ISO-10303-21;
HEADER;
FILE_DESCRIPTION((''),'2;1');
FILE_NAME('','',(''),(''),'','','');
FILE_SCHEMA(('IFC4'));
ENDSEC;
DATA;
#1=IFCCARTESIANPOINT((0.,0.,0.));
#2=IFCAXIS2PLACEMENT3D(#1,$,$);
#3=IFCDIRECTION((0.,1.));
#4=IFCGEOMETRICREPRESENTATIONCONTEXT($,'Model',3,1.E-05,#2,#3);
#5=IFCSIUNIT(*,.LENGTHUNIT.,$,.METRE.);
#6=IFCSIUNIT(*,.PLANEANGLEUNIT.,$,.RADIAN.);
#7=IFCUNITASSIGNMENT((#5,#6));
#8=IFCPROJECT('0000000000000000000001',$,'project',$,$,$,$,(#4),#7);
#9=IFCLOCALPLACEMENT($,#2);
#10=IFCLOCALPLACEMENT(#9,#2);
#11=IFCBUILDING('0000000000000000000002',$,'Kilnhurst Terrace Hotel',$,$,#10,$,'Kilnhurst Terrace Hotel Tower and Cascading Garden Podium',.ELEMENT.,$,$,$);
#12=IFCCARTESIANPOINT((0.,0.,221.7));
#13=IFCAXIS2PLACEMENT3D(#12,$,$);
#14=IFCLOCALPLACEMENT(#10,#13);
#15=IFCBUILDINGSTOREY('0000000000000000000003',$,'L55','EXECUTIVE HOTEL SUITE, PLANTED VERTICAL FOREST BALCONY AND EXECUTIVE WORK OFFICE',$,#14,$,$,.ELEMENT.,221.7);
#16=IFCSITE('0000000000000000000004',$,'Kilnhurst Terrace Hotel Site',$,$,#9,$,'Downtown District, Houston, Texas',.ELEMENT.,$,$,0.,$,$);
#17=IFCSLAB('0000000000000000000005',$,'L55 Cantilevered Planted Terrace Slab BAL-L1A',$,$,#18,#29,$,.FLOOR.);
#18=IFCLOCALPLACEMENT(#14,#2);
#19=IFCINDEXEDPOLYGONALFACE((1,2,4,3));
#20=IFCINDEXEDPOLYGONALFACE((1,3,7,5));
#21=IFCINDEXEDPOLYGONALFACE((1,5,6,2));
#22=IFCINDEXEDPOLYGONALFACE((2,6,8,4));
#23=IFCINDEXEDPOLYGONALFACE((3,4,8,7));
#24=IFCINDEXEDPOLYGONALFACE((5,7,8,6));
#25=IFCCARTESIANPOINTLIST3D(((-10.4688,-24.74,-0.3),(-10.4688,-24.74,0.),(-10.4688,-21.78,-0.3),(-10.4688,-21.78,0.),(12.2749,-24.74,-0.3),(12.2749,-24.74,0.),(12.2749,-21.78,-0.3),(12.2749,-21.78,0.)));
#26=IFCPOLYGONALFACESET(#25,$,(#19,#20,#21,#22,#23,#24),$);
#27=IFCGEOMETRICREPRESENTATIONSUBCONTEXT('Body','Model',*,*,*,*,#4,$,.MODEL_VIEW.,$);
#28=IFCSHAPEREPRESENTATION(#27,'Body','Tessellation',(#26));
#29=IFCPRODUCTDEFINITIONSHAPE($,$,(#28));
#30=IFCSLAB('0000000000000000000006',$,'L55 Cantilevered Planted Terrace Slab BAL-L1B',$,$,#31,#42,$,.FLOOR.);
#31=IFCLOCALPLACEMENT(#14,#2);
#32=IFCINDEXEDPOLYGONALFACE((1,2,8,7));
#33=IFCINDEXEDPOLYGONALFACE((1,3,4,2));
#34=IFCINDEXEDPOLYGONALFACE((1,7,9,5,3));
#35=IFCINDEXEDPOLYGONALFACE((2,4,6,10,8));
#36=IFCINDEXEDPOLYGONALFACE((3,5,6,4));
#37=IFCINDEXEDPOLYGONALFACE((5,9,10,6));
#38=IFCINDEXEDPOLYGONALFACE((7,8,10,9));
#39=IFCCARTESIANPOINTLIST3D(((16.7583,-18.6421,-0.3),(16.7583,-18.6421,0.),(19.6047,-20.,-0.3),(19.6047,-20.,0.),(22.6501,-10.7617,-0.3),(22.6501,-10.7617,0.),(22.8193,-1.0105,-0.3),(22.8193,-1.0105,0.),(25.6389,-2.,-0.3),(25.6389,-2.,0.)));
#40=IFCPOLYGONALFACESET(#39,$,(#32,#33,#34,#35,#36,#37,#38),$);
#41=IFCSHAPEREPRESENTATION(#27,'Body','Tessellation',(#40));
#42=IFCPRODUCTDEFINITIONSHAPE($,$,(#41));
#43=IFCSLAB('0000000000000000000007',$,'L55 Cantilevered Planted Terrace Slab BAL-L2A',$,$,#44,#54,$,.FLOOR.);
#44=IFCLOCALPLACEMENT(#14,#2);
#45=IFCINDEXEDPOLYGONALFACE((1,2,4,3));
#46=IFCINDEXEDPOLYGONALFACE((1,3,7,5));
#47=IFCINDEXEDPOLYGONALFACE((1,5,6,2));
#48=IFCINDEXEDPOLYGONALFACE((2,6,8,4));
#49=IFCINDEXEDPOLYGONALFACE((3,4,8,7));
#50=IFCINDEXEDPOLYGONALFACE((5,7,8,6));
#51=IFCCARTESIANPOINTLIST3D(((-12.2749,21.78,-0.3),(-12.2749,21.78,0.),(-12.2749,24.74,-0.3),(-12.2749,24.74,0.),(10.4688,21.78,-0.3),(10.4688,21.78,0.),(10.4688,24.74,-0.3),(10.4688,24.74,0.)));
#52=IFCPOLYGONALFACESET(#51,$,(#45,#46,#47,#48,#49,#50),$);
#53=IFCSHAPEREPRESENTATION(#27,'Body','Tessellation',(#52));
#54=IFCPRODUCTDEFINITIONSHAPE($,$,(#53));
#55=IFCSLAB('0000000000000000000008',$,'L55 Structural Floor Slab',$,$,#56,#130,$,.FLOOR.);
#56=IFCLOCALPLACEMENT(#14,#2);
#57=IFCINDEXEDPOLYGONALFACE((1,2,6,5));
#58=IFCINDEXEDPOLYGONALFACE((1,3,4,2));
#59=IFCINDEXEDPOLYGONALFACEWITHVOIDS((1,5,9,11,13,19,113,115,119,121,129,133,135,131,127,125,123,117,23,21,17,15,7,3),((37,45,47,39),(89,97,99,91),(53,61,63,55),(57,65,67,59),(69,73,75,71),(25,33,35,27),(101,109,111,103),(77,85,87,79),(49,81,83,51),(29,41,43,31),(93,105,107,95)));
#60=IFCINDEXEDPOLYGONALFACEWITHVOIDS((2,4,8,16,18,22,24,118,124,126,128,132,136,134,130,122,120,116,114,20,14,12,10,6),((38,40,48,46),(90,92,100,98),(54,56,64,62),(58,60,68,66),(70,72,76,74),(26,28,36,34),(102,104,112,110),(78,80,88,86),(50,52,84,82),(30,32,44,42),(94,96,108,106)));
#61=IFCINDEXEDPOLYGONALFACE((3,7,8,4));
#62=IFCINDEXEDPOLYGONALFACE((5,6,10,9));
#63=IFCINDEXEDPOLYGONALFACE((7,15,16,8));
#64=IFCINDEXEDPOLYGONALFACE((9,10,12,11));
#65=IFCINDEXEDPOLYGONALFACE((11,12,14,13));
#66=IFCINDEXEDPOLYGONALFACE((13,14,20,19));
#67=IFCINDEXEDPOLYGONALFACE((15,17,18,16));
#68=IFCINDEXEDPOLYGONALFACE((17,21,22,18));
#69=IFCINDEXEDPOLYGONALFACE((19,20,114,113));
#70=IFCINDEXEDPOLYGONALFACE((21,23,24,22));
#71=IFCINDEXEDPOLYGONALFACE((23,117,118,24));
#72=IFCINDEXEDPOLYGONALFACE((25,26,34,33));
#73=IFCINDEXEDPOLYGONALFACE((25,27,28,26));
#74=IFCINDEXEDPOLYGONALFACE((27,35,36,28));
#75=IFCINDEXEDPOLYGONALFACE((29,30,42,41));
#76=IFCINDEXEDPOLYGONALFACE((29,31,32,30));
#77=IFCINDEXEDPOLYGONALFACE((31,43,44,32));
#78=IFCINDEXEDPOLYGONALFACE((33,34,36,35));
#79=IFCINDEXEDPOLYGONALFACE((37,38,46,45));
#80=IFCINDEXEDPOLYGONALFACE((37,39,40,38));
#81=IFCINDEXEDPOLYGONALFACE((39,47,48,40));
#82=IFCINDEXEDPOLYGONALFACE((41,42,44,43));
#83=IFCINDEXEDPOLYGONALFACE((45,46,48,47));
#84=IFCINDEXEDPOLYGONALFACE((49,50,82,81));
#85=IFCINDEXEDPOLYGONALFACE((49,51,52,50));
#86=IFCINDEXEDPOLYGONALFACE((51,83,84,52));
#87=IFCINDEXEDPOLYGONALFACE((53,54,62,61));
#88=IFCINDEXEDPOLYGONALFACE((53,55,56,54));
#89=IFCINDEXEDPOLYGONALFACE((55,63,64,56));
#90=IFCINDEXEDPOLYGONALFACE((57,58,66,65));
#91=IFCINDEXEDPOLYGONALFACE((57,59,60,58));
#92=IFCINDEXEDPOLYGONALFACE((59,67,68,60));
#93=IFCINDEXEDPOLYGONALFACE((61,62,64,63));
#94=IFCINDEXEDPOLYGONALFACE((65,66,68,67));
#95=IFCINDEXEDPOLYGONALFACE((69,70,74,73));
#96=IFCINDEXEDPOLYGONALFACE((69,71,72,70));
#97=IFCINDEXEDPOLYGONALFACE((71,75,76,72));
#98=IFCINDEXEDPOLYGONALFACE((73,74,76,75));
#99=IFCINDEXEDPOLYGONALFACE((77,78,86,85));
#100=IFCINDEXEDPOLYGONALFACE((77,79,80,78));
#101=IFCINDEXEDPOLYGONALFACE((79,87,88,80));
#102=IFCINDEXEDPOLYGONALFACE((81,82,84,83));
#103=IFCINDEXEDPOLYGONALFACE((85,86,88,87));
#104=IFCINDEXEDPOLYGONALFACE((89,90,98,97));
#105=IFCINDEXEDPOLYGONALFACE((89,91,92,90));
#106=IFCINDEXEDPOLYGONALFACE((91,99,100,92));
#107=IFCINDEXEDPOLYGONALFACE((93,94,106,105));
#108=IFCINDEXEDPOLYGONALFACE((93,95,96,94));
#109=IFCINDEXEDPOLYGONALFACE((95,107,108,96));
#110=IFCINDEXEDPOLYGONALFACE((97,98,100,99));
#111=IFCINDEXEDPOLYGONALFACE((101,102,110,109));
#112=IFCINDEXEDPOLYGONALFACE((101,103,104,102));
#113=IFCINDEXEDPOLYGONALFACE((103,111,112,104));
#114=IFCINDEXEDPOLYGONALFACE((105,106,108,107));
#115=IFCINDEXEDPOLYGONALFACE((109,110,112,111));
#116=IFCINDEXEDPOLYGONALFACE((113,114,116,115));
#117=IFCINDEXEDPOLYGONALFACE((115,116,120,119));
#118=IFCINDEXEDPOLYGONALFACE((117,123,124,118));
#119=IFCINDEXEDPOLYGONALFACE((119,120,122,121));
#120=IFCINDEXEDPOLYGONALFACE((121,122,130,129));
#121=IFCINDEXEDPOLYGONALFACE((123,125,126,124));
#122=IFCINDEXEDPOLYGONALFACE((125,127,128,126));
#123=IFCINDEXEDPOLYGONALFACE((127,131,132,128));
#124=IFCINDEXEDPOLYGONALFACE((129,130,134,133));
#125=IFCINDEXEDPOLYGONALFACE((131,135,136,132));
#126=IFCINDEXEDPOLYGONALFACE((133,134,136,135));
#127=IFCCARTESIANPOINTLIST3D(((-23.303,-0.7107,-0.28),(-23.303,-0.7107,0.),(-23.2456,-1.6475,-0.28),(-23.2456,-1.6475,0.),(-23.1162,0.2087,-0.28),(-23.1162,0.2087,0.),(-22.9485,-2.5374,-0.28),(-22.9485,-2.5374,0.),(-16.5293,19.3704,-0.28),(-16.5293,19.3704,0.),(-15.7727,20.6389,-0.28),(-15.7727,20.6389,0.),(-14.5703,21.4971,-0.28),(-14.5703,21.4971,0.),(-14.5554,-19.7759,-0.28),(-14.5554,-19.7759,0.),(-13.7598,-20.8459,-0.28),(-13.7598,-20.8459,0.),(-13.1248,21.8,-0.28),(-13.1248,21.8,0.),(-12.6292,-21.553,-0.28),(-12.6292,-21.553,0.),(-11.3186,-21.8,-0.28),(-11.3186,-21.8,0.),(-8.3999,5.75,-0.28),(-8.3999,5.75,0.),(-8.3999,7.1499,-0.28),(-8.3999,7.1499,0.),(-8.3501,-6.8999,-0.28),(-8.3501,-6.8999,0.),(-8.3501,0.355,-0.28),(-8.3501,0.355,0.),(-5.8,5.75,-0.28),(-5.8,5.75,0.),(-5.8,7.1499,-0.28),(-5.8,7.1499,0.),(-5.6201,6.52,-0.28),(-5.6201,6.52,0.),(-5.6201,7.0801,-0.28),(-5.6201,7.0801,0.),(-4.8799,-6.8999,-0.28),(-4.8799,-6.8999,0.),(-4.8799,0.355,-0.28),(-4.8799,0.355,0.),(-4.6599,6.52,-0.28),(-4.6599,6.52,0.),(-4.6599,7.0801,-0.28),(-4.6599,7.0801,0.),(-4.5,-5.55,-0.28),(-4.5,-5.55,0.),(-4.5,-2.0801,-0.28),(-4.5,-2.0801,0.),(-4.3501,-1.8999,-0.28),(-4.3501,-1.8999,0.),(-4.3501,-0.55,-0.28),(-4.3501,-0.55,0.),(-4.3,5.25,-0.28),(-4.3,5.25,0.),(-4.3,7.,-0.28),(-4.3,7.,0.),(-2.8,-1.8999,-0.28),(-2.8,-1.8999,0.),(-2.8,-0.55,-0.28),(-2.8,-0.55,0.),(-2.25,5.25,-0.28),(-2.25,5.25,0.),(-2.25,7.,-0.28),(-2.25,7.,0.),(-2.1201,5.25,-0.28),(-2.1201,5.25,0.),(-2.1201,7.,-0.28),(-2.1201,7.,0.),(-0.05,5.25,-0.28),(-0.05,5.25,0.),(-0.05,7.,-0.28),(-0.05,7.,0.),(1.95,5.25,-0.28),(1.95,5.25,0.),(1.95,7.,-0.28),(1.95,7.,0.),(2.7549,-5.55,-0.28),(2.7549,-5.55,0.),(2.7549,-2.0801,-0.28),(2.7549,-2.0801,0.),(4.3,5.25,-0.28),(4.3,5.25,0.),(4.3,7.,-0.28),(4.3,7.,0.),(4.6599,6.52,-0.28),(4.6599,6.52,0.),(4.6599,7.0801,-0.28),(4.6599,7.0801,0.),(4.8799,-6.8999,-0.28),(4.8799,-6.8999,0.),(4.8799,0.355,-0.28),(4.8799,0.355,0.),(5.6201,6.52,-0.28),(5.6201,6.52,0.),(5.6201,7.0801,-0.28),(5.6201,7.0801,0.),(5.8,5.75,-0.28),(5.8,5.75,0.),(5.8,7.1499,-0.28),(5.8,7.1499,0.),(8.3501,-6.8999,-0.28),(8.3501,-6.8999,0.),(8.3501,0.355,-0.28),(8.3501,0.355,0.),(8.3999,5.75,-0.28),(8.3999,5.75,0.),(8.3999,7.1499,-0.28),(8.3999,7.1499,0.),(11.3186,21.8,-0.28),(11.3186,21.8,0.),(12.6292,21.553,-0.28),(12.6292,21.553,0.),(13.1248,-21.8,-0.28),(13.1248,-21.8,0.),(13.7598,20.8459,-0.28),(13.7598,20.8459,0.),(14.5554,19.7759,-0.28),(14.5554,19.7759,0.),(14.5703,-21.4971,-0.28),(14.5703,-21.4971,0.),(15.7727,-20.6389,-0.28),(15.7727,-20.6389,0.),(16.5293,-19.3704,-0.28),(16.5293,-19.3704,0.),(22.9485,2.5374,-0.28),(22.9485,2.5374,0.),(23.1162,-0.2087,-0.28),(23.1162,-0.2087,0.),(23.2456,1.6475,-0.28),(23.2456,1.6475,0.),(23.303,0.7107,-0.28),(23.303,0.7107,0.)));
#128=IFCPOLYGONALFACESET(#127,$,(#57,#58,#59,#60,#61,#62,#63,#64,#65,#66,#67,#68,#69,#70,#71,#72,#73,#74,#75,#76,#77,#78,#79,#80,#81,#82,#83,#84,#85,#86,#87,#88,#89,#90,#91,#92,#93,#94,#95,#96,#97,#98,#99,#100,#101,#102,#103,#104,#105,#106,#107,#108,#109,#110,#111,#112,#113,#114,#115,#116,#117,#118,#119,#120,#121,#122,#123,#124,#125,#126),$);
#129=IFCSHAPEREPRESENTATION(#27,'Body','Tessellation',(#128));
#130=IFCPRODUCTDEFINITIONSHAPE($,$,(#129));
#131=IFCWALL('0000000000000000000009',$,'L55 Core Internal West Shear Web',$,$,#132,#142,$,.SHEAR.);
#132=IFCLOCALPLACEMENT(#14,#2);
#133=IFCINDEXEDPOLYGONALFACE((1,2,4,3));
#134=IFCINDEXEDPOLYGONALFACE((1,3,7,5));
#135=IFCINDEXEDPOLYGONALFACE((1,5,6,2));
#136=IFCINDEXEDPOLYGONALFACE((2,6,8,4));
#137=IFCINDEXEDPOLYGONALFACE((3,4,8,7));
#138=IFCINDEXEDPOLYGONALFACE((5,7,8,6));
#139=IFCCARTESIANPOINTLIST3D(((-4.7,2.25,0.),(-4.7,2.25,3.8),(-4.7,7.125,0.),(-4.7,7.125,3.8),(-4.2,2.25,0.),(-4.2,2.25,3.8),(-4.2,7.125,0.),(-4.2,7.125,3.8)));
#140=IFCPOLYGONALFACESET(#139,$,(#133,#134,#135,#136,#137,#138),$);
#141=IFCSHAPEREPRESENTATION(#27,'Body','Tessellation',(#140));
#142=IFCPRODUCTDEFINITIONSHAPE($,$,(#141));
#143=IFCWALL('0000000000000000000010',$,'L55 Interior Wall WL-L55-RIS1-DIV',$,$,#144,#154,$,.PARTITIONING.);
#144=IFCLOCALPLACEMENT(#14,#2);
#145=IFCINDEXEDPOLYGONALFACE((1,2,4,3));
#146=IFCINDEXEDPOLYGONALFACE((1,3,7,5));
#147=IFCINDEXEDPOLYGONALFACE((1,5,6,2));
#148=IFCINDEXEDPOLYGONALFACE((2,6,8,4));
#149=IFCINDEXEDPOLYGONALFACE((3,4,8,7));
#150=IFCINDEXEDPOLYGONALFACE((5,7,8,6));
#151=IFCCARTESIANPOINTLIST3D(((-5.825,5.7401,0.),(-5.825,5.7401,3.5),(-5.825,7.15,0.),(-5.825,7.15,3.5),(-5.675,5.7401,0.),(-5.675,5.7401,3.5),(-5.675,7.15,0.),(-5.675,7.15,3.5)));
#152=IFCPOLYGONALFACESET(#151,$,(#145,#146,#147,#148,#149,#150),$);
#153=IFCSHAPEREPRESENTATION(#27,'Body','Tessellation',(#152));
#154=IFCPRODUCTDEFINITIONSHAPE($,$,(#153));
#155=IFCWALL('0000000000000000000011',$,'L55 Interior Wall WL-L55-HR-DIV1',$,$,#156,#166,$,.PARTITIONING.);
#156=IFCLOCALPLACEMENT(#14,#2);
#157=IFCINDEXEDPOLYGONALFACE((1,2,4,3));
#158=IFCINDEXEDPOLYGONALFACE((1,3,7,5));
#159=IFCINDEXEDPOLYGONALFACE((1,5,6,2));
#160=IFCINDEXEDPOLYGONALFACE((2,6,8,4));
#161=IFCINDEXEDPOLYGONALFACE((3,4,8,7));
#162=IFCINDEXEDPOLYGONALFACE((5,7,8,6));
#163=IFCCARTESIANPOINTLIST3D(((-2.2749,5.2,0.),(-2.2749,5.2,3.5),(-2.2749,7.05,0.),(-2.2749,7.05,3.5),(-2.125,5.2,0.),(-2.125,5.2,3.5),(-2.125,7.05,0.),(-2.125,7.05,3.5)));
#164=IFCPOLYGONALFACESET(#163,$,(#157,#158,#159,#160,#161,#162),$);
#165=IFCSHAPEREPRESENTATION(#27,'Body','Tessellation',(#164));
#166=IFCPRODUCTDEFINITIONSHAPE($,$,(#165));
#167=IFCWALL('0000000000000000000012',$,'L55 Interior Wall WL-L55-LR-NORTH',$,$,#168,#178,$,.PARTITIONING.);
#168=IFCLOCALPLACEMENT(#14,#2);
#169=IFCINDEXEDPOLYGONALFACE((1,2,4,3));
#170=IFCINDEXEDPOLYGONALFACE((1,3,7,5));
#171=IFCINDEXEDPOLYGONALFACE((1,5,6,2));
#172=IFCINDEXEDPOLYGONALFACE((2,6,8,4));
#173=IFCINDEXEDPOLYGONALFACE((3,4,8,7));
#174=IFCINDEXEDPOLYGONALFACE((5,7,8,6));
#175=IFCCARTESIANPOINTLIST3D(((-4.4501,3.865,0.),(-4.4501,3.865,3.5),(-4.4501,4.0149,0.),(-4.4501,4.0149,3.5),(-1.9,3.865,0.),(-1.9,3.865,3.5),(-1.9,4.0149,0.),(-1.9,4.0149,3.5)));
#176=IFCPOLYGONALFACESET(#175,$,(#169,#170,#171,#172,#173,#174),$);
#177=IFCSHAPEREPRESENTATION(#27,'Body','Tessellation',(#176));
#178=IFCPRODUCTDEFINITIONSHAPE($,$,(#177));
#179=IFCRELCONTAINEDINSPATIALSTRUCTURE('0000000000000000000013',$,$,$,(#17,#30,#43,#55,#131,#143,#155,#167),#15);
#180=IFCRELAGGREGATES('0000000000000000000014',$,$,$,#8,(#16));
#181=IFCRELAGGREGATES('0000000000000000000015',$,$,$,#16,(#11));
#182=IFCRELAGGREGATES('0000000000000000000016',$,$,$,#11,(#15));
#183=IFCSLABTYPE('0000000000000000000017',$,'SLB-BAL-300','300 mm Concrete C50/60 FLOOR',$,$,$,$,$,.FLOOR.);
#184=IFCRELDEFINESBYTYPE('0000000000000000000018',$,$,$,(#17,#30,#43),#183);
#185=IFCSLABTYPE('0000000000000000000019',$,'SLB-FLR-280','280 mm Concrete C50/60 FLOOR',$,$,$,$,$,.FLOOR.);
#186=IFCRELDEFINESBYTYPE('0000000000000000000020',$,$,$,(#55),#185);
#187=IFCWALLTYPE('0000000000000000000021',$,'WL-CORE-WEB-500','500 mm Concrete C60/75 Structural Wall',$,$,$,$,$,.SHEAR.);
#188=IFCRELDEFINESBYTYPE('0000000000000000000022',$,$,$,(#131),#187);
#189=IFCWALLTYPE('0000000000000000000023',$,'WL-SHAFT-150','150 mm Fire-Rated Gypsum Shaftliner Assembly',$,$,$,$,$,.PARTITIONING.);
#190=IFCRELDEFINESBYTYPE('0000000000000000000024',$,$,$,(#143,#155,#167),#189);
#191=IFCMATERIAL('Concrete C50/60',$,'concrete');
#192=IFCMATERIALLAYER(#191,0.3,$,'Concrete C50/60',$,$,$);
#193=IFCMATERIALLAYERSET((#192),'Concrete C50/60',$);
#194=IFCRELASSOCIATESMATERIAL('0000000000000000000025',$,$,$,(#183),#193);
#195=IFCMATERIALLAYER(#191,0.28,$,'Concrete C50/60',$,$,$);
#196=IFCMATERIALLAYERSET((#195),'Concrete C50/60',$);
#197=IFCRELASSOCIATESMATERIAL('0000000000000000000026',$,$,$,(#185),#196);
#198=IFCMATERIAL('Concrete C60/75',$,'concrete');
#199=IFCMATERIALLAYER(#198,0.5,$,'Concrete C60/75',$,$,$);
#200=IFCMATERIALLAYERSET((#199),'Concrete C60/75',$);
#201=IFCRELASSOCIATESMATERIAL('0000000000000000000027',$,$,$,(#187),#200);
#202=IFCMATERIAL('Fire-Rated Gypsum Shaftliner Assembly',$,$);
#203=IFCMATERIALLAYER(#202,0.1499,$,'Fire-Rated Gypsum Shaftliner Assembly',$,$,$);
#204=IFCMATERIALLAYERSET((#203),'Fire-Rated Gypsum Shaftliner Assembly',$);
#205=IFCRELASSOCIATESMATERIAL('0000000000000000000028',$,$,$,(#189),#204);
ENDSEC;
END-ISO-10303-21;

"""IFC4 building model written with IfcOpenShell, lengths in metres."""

from ifc_helpers import new_model, si_unit, direction, frame, frame_2d, origin, place, context, subcontext, project, spatial, polyline, rectangle, outline, extrude, material, layer, layer_set, type_object, element, save


model = new_model("IFC4")

# Units and contexts
model_context = context("Model", 3, precision=1e-05, world=origin(), true_north=direction((0.0, 1.0)))
body_context = subcontext(model_context, "Body", "Model", "MODEL_VIEW")
ifc_project = project(units=[si_unit("LENGTHUNIT", "METRE"), si_unit("PLANEANGLEUNIT", "RADIAN")], contexts=[model_context])

# Site, building, storey
site_placement = place(None, origin())
site = spatial("IfcSite", under=ifc_project, at=site_placement, Name="Kilnhurst Terrace Hotel Site", LongName="Downtown District, Houston, Texas", CompositionType="ELEMENT", RefElevation=0.0)
building_placement = place(site_placement, origin())
building = spatial("IfcBuilding", under=site, at=building_placement, Name="Kilnhurst Terrace Hotel", LongName="Kilnhurst Terrace Hotel Tower and Cascading Garden Podium", CompositionType="ELEMENT")
storey_placement = place(building_placement, frame((0.0, 0.0, 221.7)))
storey = spatial("IfcBuildingStorey", under=building, at=storey_placement, Name="L55", Description="EXECUTIVE HOTEL SUITE, PLANTED VERTICAL FOREST BALCONY AND EXECUTIVE WORK OFFICE", CompositionType="ELEMENT", Elevation=221.7)

# Slabs
ifc_material_1 = material(Name="Concrete C50/60", Category="concrete")
ifc_layer_1 = layer(ifc_material_1, 0.3, Name="Concrete C50/60")
ifc_layer_set_1 = layer_set([ifc_layer_1], Name="Concrete C50/60")
slab_type_1 = type_object("IfcSlabType", Name="SLB-BAL-300", Description="300 mm Concrete C50/60 FLOOR", PredefinedType="FLOOR", material=ifc_layer_set_1)
slab_1_placement = place(storey_placement, frame((0.0, 0.0, -0.3)))
element("IfcSlab", 1, at=slab_1_placement, inside=storey, type_object=slab_type_1, Name="L55 Cantilevered Planted Terrace Slab BAL-L1A", PredefinedType="FLOOR", context=body_context, shape_type="SweptSolid", body=[
    extrude(outline(polyline([(-10.4688, -21.78), (12.2749, -21.78), (12.2749, -24.74), (-10.4688, -24.74), (-10.4688, -21.78)])), origin(), (0.0, 0.0, 1.0), 0.3),
])
slab_2_placement = place(storey_placement, frame((0.0, 0.0, -0.3)))
element("IfcSlab", 2, at=slab_2_placement, inside=storey, type_object=slab_type_1, Name="L55 Cantilevered Planted Terrace Slab BAL-L1B", PredefinedType="FLOOR", context=body_context, shape_type="SweptSolid", body=[
    extrude(outline(polyline([(19.6047, -20.0), (16.7583, -18.6421), (22.8193, -1.0105), (25.6389, -2.0), (22.6501, -10.7617), (19.6047, -20.0)])), origin(), (0.0, 0.0, 1.0), 0.3),
])
slab_3_placement = place(storey_placement, frame((0.0, 0.0, -0.3)))
element("IfcSlab", 3, at=slab_3_placement, inside=storey, type_object=slab_type_1, Name="L55 Cantilevered Planted Terrace Slab BAL-L2A", PredefinedType="FLOOR", context=body_context, shape_type="SweptSolid", body=[
    extrude(outline(polyline([(-12.2749, 21.78), (-12.2749, 24.74), (10.4688, 24.74), (10.4688, 21.78), (-12.2749, 21.78)])), origin(), (0.0, 0.0, 1.0), 0.3),
])
ifc_layer_2 = layer(ifc_material_1, 0.28, Name="Concrete C50/60")
ifc_layer_set_2 = layer_set([ifc_layer_2], Name="Concrete C50/60")
slab_type_2 = type_object("IfcSlabType", Name="SLB-FLR-280", Description="280 mm Concrete C50/60 FLOOR", PredefinedType="FLOOR", material=ifc_layer_set_2)
slab_4_placement = place(storey_placement, frame((0.0, 0.0, -0.28)))
element("IfcSlab", 4, at=slab_4_placement, inside=storey, type_object=slab_type_2, Name="L55 Structural Floor Slab", PredefinedType="FLOOR", context=body_context, shape_type="SweptSolid", body=[
    extrude(outline(polyline([(-14.5554, -19.7759), (-13.7598, -20.8459), (-12.6292, -21.553), (-11.3186, -21.8), (13.1248, -21.8), (14.5703, -21.4971), (15.7727, -20.6389), (16.5293, -19.3704), (23.1162, -0.2087), (23.303, 0.7107), (23.2456, 1.6475), (22.9485, 2.5374), (14.5554, 19.7759), (13.7598, 20.8459), (12.6292, 21.553), (11.3186, 21.8), (-13.1248, 21.8), (-14.5703, 21.4971), (-15.7727, 20.6389), (-16.5293, 19.3704), (-23.1162, 0.2087), (-23.303, -0.7107), (-23.2456, -1.6475), (-22.9485, -2.5374), (-14.5554, -19.7759)]), holes=[polyline([(-8.3501, 0.355), (-4.8799, 0.355), (-4.8799, -6.8999), (-8.3501, -6.8999), (-8.3501, 0.355)]), polyline([(-2.8, -1.8999), (-4.3501, -1.8999), (-4.3501, -0.55), (-2.8, -0.55), (-2.8, -1.8999)]), polyline([(-2.25, 5.25), (-4.3, 5.25), (-4.3, 7.0), (-2.25, 7.0), (-2.25, 5.25)]), polyline([(-2.1201, 5.25), (-2.1201, 7.0), (-0.05, 7.0), (-0.05, 5.25), (-2.1201, 5.25)]), polyline([(-8.3999, 5.75), (-8.3999, 7.1499), (-5.8, 7.1499), (-5.8, 5.75), (-8.3999, 5.75)]), polyline([(-4.6599, 6.52), (-5.6201, 6.52), (-5.6201, 7.0801), (-4.6599, 7.0801), (-4.6599, 6.52)]), polyline([(2.7549, -5.55), (-4.5, -5.55), (-4.5, -2.0801), (2.7549, -2.0801), (2.7549, -5.55)]), polyline([(8.3501, 0.355), (8.3501, -6.8999), (4.8799, -6.8999), (4.8799, 0.355), (8.3501, 0.355)]), polyline([(4.3, 5.25), (1.95, 5.25), (1.95, 7.0), (4.3, 7.0), (4.3, 5.25)]), polyline([(5.8, 5.75), (5.8, 7.1499), (8.3999, 7.1499), (8.3999, 5.75), (5.8, 5.75)]), polyline([(4.6599, 6.52), (4.6599, 7.0801), (5.6201, 7.0801), (5.6201, 6.52), (4.6599, 6.52)])]), origin(), (0.0, 0.0, 1.0), 0.28),
])

# Walls
ifc_material_2 = material(Name="Concrete C60/75", Category="concrete")
ifc_layer_3 = layer(ifc_material_2, 0.5, Name="Concrete C60/75")
ifc_layer_set_3 = layer_set([ifc_layer_3], Name="Concrete C60/75")
wall_type_1 = type_object("IfcWallType", Name="WL-CORE-WEB-500", Description="500 mm Concrete C60/75 Structural Wall", PredefinedType="SHEAR", material=ifc_layer_set_3)
wall_1_placement = place(storey_placement, frame((-4.45, 2.25, 0.0), z_axis=(0.0, 0.0, 1.0), x_axis=(0.0, 1.0, 0.0)))
element("IfcWall", 5, at=wall_1_placement, inside=storey, type_object=wall_type_1, Name="L55 Core Internal West Shear Web", PredefinedType="SHEAR", context=body_context, shape_type="SweptSolid", body=[
    extrude(rectangle(XDim=4.875, YDim=0.5, at=frame_2d((2.4375, 0.0))), origin(), (0.0, 0.0, 1.0), 3.8),
])
ifc_material_3 = material(Name="Fire-Rated Gypsum Shaftliner Assembly")
ifc_layer_4 = layer(ifc_material_3, 0.1499, Name="Fire-Rated Gypsum Shaftliner Assembly")
ifc_layer_set_4 = layer_set([ifc_layer_4], Name="Fire-Rated Gypsum Shaftliner Assembly")
wall_type_2 = type_object("IfcWallType", Name="WL-SHAFT-150", Description="150 mm Fire-Rated Gypsum Shaftliner Assembly", PredefinedType="PARTITIONING", material=ifc_layer_set_4)
wall_2_placement = place(storey_placement, frame((-5.75, 5.74, 0.0), z_axis=(0.0, 0.0, 1.0), x_axis=(0.0, 1.0, 0.0)))
element("IfcWall", 6, at=wall_2_placement, inside=storey, type_object=wall_type_2, Name="L55 Interior Wall WL-L55-RIS1-DIV", PredefinedType="PARTITIONING", context=body_context, shape_type="SweptSolid", body=[
    extrude(rectangle(XDim=1.4099, YDim=0.1499, at=frame_2d((0.7051, 0.0))), origin(), (0.0, 0.0, 1.0), 3.5),
])
wall_3_placement = place(storey_placement, frame((-2.2, 5.2, 0.0), z_axis=(0.0, 0.0, 1.0), x_axis=(0.0, 1.0, 0.0)))
element("IfcWall", 7, at=wall_3_placement, inside=storey, type_object=wall_type_2, Name="L55 Interior Wall WL-L55-HR-DIV1", PredefinedType="PARTITIONING", context=body_context, shape_type="SweptSolid", body=[
    extrude(rectangle(XDim=1.8501, YDim=0.1499, at=frame_2d((0.925, 0.0))), origin(), (0.0, 0.0, 1.0), 3.5),
])
wall_4_placement = place(storey_placement, frame((-4.45, 3.9399, 0.0), z_axis=(0.0, 0.0, 1.0), x_axis=(1.0, 0.0, 0.0)))
element("IfcWall", 8, at=wall_4_placement, inside=storey, type_object=wall_type_2, Name="L55 Interior Wall WL-L55-LR-NORTH", PredefinedType="PARTITIONING", context=body_context, shape_type="SweptSolid", body=[
    extrude(rectangle(XDim=2.55, YDim=0.1499, at=frame_2d((1.2749, 0.0))), origin(), (0.0, 0.0, 1.0), 3.5),
])

save(model, "model.ifc")
